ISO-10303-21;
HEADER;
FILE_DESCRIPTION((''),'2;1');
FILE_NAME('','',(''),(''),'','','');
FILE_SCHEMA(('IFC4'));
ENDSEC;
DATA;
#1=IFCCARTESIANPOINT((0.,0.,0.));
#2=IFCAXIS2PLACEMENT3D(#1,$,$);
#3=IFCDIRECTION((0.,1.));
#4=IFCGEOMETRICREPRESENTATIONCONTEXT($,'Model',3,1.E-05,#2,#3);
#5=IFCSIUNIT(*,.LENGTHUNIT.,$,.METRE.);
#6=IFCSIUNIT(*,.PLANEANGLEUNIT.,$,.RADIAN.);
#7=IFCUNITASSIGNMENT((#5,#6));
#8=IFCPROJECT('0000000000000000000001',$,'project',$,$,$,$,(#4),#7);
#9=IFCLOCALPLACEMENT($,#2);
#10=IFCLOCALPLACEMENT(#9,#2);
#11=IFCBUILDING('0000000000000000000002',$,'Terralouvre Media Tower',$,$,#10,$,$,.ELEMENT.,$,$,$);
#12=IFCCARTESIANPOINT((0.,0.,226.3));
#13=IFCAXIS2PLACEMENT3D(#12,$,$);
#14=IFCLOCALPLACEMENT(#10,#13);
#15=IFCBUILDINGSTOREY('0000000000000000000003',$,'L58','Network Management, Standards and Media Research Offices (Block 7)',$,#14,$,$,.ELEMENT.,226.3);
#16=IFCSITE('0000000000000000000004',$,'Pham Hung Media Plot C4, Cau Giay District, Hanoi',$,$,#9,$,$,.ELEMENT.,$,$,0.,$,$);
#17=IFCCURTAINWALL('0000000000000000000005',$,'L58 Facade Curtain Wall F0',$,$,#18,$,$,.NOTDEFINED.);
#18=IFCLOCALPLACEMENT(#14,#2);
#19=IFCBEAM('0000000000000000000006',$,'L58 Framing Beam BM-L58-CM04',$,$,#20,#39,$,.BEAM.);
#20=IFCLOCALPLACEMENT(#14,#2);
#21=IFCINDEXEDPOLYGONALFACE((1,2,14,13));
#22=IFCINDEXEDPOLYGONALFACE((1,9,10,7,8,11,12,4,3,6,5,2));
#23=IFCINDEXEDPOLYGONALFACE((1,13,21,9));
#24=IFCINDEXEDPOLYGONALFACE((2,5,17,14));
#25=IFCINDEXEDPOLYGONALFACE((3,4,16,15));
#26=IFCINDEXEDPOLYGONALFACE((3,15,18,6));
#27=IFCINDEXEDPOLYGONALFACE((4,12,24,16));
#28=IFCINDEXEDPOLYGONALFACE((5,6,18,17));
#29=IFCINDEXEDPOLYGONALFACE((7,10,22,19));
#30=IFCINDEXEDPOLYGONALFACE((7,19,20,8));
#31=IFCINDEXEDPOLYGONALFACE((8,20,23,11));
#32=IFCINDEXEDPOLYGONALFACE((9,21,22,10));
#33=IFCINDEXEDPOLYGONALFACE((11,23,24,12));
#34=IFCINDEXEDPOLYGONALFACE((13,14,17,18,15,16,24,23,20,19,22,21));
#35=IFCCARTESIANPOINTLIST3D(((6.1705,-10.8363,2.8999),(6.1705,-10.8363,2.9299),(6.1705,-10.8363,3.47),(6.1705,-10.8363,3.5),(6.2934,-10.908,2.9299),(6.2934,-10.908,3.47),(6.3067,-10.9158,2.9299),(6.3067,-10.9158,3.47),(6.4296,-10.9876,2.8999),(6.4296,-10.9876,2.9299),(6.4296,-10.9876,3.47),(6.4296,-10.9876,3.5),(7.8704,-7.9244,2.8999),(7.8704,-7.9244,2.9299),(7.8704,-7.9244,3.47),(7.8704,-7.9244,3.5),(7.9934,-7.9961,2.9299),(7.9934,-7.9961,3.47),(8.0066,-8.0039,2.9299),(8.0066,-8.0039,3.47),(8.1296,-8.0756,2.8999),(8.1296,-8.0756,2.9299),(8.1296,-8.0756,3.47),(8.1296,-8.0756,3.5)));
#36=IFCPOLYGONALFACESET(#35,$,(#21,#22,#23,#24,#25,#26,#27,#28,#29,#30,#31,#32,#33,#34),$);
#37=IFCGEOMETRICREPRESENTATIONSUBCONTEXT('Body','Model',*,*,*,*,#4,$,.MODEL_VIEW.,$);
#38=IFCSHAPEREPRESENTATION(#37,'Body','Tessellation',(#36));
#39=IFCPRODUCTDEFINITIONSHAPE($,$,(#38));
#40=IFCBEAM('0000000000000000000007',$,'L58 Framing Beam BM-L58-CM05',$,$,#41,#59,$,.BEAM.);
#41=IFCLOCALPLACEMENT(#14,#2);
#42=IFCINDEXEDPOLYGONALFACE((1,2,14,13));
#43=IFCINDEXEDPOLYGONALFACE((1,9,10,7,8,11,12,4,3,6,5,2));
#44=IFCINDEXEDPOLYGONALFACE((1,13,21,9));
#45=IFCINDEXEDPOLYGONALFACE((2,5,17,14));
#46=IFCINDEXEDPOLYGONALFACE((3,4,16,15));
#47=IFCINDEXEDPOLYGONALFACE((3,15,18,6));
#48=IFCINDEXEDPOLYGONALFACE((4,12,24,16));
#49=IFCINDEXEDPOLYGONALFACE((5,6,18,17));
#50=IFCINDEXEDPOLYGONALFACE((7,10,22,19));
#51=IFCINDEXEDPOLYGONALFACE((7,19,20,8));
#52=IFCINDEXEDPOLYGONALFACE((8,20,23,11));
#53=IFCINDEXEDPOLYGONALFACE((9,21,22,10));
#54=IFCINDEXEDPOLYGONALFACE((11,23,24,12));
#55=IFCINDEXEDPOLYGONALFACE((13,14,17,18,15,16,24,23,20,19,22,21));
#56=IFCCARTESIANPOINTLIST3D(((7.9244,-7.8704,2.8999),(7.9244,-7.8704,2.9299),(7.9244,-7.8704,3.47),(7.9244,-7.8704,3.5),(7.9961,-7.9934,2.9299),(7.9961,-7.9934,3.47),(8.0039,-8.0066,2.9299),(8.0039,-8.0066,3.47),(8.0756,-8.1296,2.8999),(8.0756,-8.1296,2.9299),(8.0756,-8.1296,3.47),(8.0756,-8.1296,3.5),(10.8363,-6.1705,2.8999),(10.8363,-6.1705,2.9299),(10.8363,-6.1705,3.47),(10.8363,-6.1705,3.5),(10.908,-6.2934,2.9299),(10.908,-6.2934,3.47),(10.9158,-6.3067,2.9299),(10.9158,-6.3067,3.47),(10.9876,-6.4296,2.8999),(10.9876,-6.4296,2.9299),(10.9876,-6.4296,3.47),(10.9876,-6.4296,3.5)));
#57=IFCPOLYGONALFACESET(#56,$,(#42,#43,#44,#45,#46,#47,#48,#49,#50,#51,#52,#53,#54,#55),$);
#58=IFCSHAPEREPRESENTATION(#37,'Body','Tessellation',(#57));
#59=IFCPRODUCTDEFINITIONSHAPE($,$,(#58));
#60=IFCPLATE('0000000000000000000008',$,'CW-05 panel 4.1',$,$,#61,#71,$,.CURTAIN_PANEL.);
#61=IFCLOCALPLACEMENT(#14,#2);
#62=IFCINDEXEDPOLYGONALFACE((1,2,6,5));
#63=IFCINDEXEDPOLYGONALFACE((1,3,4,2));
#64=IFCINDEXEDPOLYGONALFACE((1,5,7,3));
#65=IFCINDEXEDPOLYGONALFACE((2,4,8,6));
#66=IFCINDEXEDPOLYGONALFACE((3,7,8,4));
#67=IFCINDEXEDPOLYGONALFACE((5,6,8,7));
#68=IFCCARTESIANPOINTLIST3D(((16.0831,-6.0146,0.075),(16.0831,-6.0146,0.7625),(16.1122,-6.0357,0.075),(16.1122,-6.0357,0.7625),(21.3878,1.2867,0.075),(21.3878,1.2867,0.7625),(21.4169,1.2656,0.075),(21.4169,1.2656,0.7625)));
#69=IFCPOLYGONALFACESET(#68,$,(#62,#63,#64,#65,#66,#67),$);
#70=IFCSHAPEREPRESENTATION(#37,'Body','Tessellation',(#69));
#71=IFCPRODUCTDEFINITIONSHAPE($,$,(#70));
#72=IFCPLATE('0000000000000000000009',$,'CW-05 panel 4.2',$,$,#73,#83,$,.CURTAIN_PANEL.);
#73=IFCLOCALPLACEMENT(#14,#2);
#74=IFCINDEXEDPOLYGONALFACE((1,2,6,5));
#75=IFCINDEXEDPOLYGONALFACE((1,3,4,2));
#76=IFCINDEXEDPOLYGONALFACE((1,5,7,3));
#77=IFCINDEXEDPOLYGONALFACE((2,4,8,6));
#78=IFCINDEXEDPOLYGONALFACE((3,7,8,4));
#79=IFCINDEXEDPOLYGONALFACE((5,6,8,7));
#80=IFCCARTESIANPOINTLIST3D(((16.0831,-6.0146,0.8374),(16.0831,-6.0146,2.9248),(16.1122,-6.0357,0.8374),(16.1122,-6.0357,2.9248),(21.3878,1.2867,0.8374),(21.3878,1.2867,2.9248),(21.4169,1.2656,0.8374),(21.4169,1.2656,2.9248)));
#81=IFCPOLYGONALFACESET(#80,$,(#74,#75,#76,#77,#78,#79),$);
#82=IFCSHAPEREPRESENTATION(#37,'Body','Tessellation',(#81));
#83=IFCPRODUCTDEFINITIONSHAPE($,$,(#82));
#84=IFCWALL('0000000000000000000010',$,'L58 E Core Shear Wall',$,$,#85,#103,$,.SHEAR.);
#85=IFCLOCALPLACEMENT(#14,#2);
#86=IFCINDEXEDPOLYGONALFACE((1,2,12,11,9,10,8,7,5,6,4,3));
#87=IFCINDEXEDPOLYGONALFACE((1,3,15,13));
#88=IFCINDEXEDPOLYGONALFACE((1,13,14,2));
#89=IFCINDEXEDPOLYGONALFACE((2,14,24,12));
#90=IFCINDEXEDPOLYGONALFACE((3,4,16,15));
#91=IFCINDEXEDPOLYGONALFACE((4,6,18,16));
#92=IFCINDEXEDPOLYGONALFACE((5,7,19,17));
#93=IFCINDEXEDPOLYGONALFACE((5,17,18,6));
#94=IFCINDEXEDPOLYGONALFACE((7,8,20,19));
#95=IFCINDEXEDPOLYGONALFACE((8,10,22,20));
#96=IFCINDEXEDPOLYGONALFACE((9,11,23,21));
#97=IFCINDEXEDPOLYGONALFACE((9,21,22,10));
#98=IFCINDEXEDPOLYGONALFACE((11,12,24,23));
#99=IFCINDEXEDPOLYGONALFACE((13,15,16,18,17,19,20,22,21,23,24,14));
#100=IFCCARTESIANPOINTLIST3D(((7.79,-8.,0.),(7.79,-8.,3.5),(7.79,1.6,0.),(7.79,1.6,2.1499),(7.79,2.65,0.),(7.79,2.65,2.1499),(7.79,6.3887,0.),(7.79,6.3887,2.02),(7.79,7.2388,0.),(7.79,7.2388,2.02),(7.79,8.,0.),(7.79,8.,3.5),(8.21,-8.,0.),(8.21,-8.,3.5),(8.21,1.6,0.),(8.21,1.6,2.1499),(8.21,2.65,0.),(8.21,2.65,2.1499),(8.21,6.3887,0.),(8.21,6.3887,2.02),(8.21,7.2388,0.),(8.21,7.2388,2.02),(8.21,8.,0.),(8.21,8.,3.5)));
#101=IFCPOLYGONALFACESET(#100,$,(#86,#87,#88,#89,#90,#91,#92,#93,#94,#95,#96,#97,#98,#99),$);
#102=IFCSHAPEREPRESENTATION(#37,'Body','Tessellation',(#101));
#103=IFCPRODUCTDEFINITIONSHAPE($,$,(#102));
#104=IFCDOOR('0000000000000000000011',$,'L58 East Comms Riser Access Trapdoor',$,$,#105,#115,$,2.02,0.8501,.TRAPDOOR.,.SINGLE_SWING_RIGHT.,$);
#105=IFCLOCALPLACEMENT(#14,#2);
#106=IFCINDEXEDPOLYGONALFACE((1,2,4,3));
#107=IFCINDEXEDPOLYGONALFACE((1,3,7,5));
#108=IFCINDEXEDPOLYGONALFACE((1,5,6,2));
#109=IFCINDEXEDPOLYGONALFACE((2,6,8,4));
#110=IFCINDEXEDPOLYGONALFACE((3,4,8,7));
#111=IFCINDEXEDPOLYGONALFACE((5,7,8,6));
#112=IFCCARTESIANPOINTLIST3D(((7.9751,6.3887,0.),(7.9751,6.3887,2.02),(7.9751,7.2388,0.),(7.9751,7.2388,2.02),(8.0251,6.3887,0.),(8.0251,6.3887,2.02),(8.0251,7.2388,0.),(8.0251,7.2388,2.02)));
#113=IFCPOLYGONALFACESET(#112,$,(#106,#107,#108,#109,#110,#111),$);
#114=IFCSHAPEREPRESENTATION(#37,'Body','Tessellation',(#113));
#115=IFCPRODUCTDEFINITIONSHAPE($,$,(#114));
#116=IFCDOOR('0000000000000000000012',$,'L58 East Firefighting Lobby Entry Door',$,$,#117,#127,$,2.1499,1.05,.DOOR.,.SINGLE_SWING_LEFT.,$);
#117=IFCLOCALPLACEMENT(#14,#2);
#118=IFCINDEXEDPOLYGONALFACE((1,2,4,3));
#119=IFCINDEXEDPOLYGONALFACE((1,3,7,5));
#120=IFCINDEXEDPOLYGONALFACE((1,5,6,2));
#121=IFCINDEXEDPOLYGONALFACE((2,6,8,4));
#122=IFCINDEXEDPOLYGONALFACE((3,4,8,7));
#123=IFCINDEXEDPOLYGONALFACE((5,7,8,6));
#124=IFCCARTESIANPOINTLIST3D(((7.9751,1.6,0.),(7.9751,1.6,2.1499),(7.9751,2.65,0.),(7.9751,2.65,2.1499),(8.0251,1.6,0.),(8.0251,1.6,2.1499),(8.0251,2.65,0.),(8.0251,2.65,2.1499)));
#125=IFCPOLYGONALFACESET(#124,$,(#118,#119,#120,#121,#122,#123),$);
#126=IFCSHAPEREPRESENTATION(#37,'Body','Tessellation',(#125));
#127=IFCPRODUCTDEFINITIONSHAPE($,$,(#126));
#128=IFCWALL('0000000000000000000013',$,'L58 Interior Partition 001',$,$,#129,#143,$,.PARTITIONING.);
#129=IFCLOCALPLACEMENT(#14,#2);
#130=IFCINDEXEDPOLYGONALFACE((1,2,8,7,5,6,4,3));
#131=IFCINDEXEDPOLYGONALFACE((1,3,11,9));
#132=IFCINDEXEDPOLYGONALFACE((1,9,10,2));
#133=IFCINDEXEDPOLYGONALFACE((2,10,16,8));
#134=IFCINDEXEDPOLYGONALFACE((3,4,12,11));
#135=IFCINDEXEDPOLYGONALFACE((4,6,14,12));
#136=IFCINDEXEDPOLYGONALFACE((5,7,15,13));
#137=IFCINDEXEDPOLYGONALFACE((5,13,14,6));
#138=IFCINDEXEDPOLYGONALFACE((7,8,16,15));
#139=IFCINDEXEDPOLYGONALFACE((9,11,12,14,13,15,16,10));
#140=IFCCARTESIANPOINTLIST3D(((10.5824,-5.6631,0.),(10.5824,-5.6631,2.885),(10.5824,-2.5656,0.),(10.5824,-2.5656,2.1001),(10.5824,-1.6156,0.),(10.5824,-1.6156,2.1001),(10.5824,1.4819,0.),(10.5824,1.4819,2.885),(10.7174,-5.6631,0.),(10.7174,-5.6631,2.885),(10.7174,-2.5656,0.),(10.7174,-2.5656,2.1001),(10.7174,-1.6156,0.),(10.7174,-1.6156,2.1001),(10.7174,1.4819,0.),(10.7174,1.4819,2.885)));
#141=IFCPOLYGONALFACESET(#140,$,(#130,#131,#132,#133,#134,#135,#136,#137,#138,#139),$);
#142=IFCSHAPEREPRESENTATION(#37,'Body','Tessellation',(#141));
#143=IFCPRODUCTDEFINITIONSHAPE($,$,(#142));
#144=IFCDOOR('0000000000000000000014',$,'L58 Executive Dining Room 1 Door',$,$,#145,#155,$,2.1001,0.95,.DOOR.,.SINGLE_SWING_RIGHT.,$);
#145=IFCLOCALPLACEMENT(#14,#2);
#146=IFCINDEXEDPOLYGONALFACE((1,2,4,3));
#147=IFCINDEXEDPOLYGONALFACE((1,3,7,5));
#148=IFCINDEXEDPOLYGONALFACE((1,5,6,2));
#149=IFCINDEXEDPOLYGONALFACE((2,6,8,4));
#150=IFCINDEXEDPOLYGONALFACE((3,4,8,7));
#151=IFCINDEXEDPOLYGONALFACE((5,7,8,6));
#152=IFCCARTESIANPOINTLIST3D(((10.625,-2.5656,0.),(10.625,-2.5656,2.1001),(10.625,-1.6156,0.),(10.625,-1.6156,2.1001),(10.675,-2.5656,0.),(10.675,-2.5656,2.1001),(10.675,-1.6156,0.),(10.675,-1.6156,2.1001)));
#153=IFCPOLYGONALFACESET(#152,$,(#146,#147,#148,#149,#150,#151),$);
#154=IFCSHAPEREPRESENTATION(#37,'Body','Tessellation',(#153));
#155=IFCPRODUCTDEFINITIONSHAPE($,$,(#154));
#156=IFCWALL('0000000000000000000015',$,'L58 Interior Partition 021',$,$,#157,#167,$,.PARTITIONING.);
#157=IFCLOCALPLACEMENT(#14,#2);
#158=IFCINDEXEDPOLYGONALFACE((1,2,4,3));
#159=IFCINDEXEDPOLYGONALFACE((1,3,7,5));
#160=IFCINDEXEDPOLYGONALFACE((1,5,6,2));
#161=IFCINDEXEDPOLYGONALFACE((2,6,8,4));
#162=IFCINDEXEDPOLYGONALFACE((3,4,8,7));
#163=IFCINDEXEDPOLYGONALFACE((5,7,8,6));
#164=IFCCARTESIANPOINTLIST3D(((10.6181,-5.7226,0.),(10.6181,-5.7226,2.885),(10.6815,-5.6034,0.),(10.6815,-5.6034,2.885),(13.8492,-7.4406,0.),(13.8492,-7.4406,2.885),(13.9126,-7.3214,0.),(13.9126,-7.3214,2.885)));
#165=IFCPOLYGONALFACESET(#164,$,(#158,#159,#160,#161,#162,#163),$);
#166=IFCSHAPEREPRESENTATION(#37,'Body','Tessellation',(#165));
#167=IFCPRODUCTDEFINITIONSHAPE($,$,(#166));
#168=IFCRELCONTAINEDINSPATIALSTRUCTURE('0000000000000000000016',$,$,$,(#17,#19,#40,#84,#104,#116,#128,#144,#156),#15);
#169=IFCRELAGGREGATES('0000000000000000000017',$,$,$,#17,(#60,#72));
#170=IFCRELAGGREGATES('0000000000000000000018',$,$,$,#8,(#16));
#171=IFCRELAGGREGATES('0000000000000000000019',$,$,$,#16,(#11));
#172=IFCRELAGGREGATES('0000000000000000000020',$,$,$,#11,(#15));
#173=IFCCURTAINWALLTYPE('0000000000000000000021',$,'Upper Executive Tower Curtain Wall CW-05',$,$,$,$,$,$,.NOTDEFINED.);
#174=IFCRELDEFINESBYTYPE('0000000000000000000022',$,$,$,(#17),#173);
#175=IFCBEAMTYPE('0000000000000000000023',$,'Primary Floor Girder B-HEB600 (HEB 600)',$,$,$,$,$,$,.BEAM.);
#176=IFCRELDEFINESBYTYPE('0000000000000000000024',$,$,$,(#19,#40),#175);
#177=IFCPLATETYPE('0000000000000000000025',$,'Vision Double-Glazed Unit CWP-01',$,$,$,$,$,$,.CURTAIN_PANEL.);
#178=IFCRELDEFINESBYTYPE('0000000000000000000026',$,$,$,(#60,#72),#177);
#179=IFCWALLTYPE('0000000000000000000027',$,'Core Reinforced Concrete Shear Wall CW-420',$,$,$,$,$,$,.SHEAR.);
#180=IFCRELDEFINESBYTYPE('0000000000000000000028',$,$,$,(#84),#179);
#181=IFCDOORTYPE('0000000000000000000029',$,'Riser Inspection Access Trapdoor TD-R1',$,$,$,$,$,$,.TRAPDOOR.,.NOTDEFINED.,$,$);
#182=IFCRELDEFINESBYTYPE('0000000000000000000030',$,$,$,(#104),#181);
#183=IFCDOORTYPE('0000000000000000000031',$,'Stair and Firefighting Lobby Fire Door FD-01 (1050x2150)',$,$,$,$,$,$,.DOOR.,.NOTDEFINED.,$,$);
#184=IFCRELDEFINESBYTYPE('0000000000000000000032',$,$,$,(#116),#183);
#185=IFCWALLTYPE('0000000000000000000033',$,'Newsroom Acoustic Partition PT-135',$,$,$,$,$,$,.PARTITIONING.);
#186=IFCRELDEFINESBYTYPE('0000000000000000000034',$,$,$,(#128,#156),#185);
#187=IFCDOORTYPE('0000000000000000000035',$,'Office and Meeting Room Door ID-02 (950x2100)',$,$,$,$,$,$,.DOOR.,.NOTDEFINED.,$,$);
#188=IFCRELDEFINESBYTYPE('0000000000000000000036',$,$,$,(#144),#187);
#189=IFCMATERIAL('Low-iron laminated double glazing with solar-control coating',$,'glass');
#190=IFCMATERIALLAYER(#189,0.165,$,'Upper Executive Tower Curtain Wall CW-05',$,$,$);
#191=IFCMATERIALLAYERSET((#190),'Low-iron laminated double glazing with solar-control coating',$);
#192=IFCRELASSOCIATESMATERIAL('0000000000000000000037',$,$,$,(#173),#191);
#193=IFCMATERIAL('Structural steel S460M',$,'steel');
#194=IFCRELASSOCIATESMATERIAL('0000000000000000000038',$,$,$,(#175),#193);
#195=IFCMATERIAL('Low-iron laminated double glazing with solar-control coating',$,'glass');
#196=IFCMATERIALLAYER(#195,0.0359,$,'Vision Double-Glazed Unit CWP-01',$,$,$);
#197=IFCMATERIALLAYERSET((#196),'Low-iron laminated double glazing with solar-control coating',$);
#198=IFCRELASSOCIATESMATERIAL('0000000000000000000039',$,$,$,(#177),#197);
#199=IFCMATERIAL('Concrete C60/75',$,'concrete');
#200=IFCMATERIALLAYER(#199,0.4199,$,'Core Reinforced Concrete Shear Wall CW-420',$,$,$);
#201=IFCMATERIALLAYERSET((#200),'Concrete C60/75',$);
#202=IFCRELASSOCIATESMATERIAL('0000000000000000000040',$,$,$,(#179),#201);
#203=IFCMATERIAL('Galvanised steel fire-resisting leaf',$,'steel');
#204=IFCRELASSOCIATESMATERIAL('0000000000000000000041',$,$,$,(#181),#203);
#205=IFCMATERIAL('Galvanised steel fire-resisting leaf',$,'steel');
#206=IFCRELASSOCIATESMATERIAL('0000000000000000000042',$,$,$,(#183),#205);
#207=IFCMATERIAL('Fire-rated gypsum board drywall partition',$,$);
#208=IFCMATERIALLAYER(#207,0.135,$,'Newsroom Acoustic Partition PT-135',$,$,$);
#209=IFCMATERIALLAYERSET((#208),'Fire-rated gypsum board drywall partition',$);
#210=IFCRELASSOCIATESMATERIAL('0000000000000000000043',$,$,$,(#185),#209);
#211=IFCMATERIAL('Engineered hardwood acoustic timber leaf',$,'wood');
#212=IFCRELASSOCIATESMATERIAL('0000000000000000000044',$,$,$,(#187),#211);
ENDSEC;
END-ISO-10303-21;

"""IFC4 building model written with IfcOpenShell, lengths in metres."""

from ifc_helpers import new_model, si_unit, direction, frame, frame_2d, origin, origin_2d, place, context, subcontext, project, spatial, rectangle, i_section, extrude, material, layer, layer_set, material_profile, profile_set, type_object, element, fill, aggregate, save


model = new_model("IFC4")

# Units and contexts
model_context = context("Model", 3, precision=1e-05, world=origin(), true_north=direction((0.0, 1.0)))
body_context = subcontext(model_context, "Body", "Model", "MODEL_VIEW")
ifc_project = project(units=[si_unit("LENGTHUNIT", "METRE"), si_unit("PLANEANGLEUNIT", "RADIAN")], contexts=[model_context])

# Site, building, storey
site_placement = place(None, origin())
site = spatial("IfcSite", under=ifc_project, at=site_placement, Name="Pham Hung Media Plot C4, Cau Giay District, Hanoi", CompositionType="ELEMENT", RefElevation=0.0)
building_placement = place(site_placement, origin())
building = spatial("IfcBuilding", under=site, at=building_placement, Name="Terralouvre Media Tower", CompositionType="ELEMENT")
storey_placement = place(building_placement, frame((0.0, 0.0, 226.3)))
storey = spatial("IfcBuildingStorey", under=building, at=storey_placement, Name="L58", Description="Network Management, Standards and Media Research Offices (Block 7)", CompositionType="ELEMENT", Elevation=226.3)

# Curtain wall
ifc_material_1 = material(Name="Low-iron laminated double glazing with solar-control coating", Category="glass")
ifc_layer_1 = layer(ifc_material_1, 0.165, Name="Upper Executive Tower Curtain Wall CW-05")
ifc_layer_set_1 = layer_set([ifc_layer_1], Name="Low-iron laminated double glazing with solar-control coating")
curtain_wall_type = type_object("IfcCurtainWallType", Name="Upper Executive Tower Curtain Wall CW-05", PredefinedType="NOTDEFINED", material=ifc_layer_set_1)
curtain_wall_placement = place(storey_placement, origin())
curtain_wall = element("IfcCurtainWall", 1, at=curtain_wall_placement, inside=storey, type_object=curtain_wall_type, Name="L58 Facade Curtain Wall F0", PredefinedType="NOTDEFINED")

# Beams
ifc_material_2 = material(Name="Structural steel S460M", Category="steel")
ifc_material_profile_1 = material_profile(ifc_material_2, i_section(OverallWidth=0.3, OverallDepth=0.6001, WebThickness=0.0154, FlangeThickness=0.03, at=origin_2d()), Name="HEB 600")
ifc_profile_set_1 = profile_set([ifc_material_profile_1], Name="Structural steel S460M")
beam_type_1 = type_object("IfcBeamType", Name="Primary Floor Girder B-HEB600 (HEB 600)", PredefinedType="BEAM", material=ifc_profile_set_1)
for number, where, z_axis, x_axis, name in (
    (2, (8.0, -8.0, 3.2), (-0.504173, -0.863603, 0.0), (0.863603, -0.504173, 0.0), "L58 Framing Beam BM-L58-CM04"),
    (3, (8.0, -8.0, 3.2), (0.863603, 0.504173, 0.0), (-0.504173, 0.863603, 0.0), "L58 Framing Beam BM-L58-CM05"),
):
    element("IfcBeam", number, at=place(storey_placement, frame(where, z_axis=z_axis, x_axis=x_axis)), inside=storey, type_object=beam_type_1, Name=name, PredefinedType="BEAM", context=body_context, shape_type="SweptSolid", body=[
        extrude(i_section(OverallWidth=0.3, OverallDepth=0.6001, WebThickness=0.0154, FlangeThickness=0.03, at=origin_2d()), origin(), (0.0, 0.0, 1.0), 3.3718),
    ])

# Plates
ifc_material_3 = material(Name="Low-iron laminated double glazing with solar-control coating", Category="glass")
ifc_layer_2 = layer(ifc_material_3, 0.0359, Name="Vision Double-Glazed Unit CWP-01")
ifc_layer_set_2 = layer_set([ifc_layer_2], Name="Low-iron laminated double glazing with solar-control coating")
plate_type = type_object("IfcPlateType", Name="Vision Double-Glazed Unit CWP-01", PredefinedType="CURTAIN_PANEL", material=ifc_layer_set_2)
plate_1_placement = place(storey_placement, frame((18.75, -2.3745, 0.075), z_axis=(0.0, 0.0, 1.0), x_axis=(0.587785, 0.809017, 0.0)))
plate_1 = element("IfcPlate", 4, at=plate_1_placement, type_object=plate_type, Name="CW-05 panel 4.1", PredefinedType="CURTAIN_PANEL", context=body_context, shape_type="SweptSolid", body=[
    extrude(rectangle(XDim=9.0249, YDim=0.0359, at=origin_2d()), origin(), (0.0, 0.0, 1.0), 0.6875),
])
plate_2_placement = place(storey_placement, frame((18.75, -2.3745, 0.8374), z_axis=(0.0, 0.0, 1.0), x_axis=(0.587785, 0.809017, 0.0)))
plate_2 = element("IfcPlate", 5, at=plate_2_placement, type_object=plate_type, Name="CW-05 panel 4.2", PredefinedType="CURTAIN_PANEL", context=body_context, shape_type="SweptSolid", body=[
    extrude(rectangle(XDim=9.0249, YDim=0.0359, at=origin_2d()), origin(), (0.0, 0.0, 1.0), 2.0874),
])
aggregate(curtain_wall, [plate_1, plate_2])

# Wall, openings, doors
ifc_material_4 = material(Name="Concrete C60/75", Category="concrete")
ifc_layer_3 = layer(ifc_material_4, 0.4199, Name="Core Reinforced Concrete Shear Wall CW-420")
ifc_layer_set_3 = layer_set([ifc_layer_3], Name="Concrete C60/75")
wall_type_1 = type_object("IfcWallType", Name="Core Reinforced Concrete Shear Wall CW-420", PredefinedType="SHEAR", material=ifc_layer_set_3)
wall_1_placement = place(storey_placement, frame((8.0, -8.0, 0.0), z_axis=(0.0, 0.0, 1.0), x_axis=(0.0, 1.0, 0.0)))
wall_1 = element("IfcWall", 6, at=wall_1_placement, inside=storey, type_object=wall_type_1, Name="L58 E Core Shear Wall", PredefinedType="SHEAR", context=body_context, shape_type="SweptSolid", body=[
    extrude(rectangle(XDim=16.0, YDim=0.4199, at=frame_2d((8.0, 0.0))), origin(), (0.0, 0.0, 1.0), 3.5),
])
opening_1_placement = place(wall_1_placement, frame((9.6001, 0.0, 0.0)))
opening_1 = element("IfcOpeningElement", 7, at=opening_1_placement, cuts=wall_1, PredefinedType="OPENING", context=body_context, shape_type="SweptSolid", body=[
    extrude(rectangle(XDim=1.05, YDim=2.1499, at=frame_2d((0.5249, 1.075))), frame((0.0, 0.22, 0.0), z_axis=(0.0, -1.0, 0.0), x_axis=(1.0, 0.0, 0.0)), (0.0, 0.0, 1.0), 0.4399),
])
opening_2_placement = place(wall_1_placement, frame((14.3887, 0.0, 0.0)))
opening_2 = element("IfcOpeningElement", 8, at=opening_2_placement, cuts=wall_1, PredefinedType="OPENING", context=body_context, shape_type="SweptSolid", body=[
    extrude(rectangle(XDim=0.8501, YDim=2.02, at=frame_2d((0.425, 1.01))), frame((0.0, 0.22, 0.0), z_axis=(0.0, -1.0, 0.0), x_axis=(1.0, 0.0, 0.0)), (0.0, 0.0, 1.0), 0.4399),
])
ifc_material_5 = material(Name="Galvanised steel fire-resisting leaf", Category="steel")
door_type_1 = type_object("IfcDoorType", Name="Riser Inspection Access Trapdoor TD-R1", OperationType="NOTDEFINED", PredefinedType="TRAPDOOR", material=ifc_material_5)
door_1_placement = place(opening_2_placement, origin())
door_1 = element("IfcDoor", 9, at=door_1_placement, inside=storey, type_object=door_type_1, Name="L58 East Comms Riser Access Trapdoor", OperationType="SINGLE_SWING_RIGHT", OverallHeight=2.02, OverallWidth=0.8501, PredefinedType="TRAPDOOR", context=body_context, shape_type="SweptSolid", body=[
    extrude(rectangle(XDim=0.8501, YDim=2.02, at=frame_2d((0.425, 1.01))), frame((0.0, 0.0249, 0.0), z_axis=(0.0, -1.0, 0.0), x_axis=(1.0, 0.0, 0.0)), (0.0, 0.0, 1.0), 0.05),
])
fill(opening_2, door_1)
ifc_material_6 = material(Name="Galvanised steel fire-resisting leaf", Category="steel")
door_type_2 = type_object("IfcDoorType", Name="Stair and Firefighting Lobby Fire Door FD-01 (1050x2150)", OperationType="NOTDEFINED", PredefinedType="DOOR", material=ifc_material_6)
door_2_placement = place(opening_1_placement, origin())
door_2 = element("IfcDoor", 10, at=door_2_placement, inside=storey, type_object=door_type_2, Name="L58 East Firefighting Lobby Entry Door", OperationType="SINGLE_SWING_LEFT", OverallHeight=2.1499, OverallWidth=1.05, PredefinedType="DOOR", context=body_context, shape_type="SweptSolid", body=[
    extrude(rectangle(XDim=1.05, YDim=2.1499, at=frame_2d((0.5249, 1.075))), frame((0.0, 0.0249, 0.0), z_axis=(0.0, -1.0, 0.0), x_axis=(1.0, 0.0, 0.0)), (0.0, 0.0, 1.0), 0.05),
])
fill(opening_1, door_2)

# Wall, opening, door
ifc_material_7 = material(Name="Fire-rated gypsum board drywall partition")
ifc_layer_4 = layer(ifc_material_7, 0.135, Name="Newsroom Acoustic Partition PT-135")
ifc_layer_set_4 = layer_set([ifc_layer_4], Name="Fire-rated gypsum board drywall partition")
wall_type_2 = type_object("IfcWallType", Name="Newsroom Acoustic Partition PT-135", PredefinedType="PARTITIONING", material=ifc_layer_set_4)
wall_2_placement = place(storey_placement, frame((10.6499, -5.6631, 0.0), z_axis=(0.0, 0.0, 1.0), x_axis=(0.0, 1.0, 0.0)))
wall_2 = element("IfcWall", 11, at=wall_2_placement, inside=storey, type_object=wall_type_2, Name="L58 Interior Partition 001", PredefinedType="PARTITIONING", context=body_context, shape_type="SweptSolid", body=[
    extrude(rectangle(XDim=7.145, YDim=0.135, at=frame_2d((3.5725, 0.0))), origin(), (0.0, 0.0, 1.0), 2.885),
])
opening_3_placement = place(wall_2_placement, frame((3.0974, 0.0, 0.0)))
opening_3 = element("IfcOpeningElement", 12, at=opening_3_placement, cuts=wall_2, PredefinedType="OPENING", context=body_context, shape_type="SweptSolid", body=[
    extrude(rectangle(XDim=0.95, YDim=2.1001, at=frame_2d((0.4751, 1.05))), frame((0.0, 0.0774, 0.0), z_axis=(0.0, -1.0, 0.0), x_axis=(1.0, 0.0, 0.0)), (0.0, 0.0, 1.0), 0.155),
])
ifc_material_8 = material(Name="Engineered hardwood acoustic timber leaf", Category="wood")
door_type_3 = type_object("IfcDoorType", Name="Office and Meeting Room Door ID-02 (950x2100)", OperationType="NOTDEFINED", PredefinedType="DOOR", material=ifc_material_8)
door_3_placement = place(opening_3_placement, origin())
door_3 = element("IfcDoor", 13, at=door_3_placement, inside=storey, type_object=door_type_3, Name="L58 Executive Dining Room 1 Door", OperationType="SINGLE_SWING_RIGHT", OverallHeight=2.1001, OverallWidth=0.95, PredefinedType="DOOR", context=body_context, shape_type="SweptSolid", body=[
    extrude(rectangle(XDim=0.95, YDim=2.1001, at=frame_2d((0.4751, 1.05))), frame((0.0, 0.0249, 0.0), z_axis=(0.0, -1.0, 0.0), x_axis=(1.0, 0.0, 0.0)), (0.0, 0.0, 1.0), 0.05),
])
fill(opening_3, door_3)

# Wall
wall_3_placement = place(storey_placement, frame((10.6499, -5.6631, 0.0), z_axis=(0.0, 0.0, 1.0), x_axis=(0.882952, -0.469462, 0.0)))
element("IfcWall", 14, at=wall_3_placement, inside=storey, type_object=wall_type_2, Name="L58 Interior Partition 021", PredefinedType="PARTITIONING", context=body_context, shape_type="SweptSolid", body=[
    extrude(rectangle(XDim=3.6594, YDim=0.135, at=frame_2d((1.8296, 0.0))), origin(), (0.0, 0.0, 1.0), 2.885),
])

save(model, "model.ifc")
